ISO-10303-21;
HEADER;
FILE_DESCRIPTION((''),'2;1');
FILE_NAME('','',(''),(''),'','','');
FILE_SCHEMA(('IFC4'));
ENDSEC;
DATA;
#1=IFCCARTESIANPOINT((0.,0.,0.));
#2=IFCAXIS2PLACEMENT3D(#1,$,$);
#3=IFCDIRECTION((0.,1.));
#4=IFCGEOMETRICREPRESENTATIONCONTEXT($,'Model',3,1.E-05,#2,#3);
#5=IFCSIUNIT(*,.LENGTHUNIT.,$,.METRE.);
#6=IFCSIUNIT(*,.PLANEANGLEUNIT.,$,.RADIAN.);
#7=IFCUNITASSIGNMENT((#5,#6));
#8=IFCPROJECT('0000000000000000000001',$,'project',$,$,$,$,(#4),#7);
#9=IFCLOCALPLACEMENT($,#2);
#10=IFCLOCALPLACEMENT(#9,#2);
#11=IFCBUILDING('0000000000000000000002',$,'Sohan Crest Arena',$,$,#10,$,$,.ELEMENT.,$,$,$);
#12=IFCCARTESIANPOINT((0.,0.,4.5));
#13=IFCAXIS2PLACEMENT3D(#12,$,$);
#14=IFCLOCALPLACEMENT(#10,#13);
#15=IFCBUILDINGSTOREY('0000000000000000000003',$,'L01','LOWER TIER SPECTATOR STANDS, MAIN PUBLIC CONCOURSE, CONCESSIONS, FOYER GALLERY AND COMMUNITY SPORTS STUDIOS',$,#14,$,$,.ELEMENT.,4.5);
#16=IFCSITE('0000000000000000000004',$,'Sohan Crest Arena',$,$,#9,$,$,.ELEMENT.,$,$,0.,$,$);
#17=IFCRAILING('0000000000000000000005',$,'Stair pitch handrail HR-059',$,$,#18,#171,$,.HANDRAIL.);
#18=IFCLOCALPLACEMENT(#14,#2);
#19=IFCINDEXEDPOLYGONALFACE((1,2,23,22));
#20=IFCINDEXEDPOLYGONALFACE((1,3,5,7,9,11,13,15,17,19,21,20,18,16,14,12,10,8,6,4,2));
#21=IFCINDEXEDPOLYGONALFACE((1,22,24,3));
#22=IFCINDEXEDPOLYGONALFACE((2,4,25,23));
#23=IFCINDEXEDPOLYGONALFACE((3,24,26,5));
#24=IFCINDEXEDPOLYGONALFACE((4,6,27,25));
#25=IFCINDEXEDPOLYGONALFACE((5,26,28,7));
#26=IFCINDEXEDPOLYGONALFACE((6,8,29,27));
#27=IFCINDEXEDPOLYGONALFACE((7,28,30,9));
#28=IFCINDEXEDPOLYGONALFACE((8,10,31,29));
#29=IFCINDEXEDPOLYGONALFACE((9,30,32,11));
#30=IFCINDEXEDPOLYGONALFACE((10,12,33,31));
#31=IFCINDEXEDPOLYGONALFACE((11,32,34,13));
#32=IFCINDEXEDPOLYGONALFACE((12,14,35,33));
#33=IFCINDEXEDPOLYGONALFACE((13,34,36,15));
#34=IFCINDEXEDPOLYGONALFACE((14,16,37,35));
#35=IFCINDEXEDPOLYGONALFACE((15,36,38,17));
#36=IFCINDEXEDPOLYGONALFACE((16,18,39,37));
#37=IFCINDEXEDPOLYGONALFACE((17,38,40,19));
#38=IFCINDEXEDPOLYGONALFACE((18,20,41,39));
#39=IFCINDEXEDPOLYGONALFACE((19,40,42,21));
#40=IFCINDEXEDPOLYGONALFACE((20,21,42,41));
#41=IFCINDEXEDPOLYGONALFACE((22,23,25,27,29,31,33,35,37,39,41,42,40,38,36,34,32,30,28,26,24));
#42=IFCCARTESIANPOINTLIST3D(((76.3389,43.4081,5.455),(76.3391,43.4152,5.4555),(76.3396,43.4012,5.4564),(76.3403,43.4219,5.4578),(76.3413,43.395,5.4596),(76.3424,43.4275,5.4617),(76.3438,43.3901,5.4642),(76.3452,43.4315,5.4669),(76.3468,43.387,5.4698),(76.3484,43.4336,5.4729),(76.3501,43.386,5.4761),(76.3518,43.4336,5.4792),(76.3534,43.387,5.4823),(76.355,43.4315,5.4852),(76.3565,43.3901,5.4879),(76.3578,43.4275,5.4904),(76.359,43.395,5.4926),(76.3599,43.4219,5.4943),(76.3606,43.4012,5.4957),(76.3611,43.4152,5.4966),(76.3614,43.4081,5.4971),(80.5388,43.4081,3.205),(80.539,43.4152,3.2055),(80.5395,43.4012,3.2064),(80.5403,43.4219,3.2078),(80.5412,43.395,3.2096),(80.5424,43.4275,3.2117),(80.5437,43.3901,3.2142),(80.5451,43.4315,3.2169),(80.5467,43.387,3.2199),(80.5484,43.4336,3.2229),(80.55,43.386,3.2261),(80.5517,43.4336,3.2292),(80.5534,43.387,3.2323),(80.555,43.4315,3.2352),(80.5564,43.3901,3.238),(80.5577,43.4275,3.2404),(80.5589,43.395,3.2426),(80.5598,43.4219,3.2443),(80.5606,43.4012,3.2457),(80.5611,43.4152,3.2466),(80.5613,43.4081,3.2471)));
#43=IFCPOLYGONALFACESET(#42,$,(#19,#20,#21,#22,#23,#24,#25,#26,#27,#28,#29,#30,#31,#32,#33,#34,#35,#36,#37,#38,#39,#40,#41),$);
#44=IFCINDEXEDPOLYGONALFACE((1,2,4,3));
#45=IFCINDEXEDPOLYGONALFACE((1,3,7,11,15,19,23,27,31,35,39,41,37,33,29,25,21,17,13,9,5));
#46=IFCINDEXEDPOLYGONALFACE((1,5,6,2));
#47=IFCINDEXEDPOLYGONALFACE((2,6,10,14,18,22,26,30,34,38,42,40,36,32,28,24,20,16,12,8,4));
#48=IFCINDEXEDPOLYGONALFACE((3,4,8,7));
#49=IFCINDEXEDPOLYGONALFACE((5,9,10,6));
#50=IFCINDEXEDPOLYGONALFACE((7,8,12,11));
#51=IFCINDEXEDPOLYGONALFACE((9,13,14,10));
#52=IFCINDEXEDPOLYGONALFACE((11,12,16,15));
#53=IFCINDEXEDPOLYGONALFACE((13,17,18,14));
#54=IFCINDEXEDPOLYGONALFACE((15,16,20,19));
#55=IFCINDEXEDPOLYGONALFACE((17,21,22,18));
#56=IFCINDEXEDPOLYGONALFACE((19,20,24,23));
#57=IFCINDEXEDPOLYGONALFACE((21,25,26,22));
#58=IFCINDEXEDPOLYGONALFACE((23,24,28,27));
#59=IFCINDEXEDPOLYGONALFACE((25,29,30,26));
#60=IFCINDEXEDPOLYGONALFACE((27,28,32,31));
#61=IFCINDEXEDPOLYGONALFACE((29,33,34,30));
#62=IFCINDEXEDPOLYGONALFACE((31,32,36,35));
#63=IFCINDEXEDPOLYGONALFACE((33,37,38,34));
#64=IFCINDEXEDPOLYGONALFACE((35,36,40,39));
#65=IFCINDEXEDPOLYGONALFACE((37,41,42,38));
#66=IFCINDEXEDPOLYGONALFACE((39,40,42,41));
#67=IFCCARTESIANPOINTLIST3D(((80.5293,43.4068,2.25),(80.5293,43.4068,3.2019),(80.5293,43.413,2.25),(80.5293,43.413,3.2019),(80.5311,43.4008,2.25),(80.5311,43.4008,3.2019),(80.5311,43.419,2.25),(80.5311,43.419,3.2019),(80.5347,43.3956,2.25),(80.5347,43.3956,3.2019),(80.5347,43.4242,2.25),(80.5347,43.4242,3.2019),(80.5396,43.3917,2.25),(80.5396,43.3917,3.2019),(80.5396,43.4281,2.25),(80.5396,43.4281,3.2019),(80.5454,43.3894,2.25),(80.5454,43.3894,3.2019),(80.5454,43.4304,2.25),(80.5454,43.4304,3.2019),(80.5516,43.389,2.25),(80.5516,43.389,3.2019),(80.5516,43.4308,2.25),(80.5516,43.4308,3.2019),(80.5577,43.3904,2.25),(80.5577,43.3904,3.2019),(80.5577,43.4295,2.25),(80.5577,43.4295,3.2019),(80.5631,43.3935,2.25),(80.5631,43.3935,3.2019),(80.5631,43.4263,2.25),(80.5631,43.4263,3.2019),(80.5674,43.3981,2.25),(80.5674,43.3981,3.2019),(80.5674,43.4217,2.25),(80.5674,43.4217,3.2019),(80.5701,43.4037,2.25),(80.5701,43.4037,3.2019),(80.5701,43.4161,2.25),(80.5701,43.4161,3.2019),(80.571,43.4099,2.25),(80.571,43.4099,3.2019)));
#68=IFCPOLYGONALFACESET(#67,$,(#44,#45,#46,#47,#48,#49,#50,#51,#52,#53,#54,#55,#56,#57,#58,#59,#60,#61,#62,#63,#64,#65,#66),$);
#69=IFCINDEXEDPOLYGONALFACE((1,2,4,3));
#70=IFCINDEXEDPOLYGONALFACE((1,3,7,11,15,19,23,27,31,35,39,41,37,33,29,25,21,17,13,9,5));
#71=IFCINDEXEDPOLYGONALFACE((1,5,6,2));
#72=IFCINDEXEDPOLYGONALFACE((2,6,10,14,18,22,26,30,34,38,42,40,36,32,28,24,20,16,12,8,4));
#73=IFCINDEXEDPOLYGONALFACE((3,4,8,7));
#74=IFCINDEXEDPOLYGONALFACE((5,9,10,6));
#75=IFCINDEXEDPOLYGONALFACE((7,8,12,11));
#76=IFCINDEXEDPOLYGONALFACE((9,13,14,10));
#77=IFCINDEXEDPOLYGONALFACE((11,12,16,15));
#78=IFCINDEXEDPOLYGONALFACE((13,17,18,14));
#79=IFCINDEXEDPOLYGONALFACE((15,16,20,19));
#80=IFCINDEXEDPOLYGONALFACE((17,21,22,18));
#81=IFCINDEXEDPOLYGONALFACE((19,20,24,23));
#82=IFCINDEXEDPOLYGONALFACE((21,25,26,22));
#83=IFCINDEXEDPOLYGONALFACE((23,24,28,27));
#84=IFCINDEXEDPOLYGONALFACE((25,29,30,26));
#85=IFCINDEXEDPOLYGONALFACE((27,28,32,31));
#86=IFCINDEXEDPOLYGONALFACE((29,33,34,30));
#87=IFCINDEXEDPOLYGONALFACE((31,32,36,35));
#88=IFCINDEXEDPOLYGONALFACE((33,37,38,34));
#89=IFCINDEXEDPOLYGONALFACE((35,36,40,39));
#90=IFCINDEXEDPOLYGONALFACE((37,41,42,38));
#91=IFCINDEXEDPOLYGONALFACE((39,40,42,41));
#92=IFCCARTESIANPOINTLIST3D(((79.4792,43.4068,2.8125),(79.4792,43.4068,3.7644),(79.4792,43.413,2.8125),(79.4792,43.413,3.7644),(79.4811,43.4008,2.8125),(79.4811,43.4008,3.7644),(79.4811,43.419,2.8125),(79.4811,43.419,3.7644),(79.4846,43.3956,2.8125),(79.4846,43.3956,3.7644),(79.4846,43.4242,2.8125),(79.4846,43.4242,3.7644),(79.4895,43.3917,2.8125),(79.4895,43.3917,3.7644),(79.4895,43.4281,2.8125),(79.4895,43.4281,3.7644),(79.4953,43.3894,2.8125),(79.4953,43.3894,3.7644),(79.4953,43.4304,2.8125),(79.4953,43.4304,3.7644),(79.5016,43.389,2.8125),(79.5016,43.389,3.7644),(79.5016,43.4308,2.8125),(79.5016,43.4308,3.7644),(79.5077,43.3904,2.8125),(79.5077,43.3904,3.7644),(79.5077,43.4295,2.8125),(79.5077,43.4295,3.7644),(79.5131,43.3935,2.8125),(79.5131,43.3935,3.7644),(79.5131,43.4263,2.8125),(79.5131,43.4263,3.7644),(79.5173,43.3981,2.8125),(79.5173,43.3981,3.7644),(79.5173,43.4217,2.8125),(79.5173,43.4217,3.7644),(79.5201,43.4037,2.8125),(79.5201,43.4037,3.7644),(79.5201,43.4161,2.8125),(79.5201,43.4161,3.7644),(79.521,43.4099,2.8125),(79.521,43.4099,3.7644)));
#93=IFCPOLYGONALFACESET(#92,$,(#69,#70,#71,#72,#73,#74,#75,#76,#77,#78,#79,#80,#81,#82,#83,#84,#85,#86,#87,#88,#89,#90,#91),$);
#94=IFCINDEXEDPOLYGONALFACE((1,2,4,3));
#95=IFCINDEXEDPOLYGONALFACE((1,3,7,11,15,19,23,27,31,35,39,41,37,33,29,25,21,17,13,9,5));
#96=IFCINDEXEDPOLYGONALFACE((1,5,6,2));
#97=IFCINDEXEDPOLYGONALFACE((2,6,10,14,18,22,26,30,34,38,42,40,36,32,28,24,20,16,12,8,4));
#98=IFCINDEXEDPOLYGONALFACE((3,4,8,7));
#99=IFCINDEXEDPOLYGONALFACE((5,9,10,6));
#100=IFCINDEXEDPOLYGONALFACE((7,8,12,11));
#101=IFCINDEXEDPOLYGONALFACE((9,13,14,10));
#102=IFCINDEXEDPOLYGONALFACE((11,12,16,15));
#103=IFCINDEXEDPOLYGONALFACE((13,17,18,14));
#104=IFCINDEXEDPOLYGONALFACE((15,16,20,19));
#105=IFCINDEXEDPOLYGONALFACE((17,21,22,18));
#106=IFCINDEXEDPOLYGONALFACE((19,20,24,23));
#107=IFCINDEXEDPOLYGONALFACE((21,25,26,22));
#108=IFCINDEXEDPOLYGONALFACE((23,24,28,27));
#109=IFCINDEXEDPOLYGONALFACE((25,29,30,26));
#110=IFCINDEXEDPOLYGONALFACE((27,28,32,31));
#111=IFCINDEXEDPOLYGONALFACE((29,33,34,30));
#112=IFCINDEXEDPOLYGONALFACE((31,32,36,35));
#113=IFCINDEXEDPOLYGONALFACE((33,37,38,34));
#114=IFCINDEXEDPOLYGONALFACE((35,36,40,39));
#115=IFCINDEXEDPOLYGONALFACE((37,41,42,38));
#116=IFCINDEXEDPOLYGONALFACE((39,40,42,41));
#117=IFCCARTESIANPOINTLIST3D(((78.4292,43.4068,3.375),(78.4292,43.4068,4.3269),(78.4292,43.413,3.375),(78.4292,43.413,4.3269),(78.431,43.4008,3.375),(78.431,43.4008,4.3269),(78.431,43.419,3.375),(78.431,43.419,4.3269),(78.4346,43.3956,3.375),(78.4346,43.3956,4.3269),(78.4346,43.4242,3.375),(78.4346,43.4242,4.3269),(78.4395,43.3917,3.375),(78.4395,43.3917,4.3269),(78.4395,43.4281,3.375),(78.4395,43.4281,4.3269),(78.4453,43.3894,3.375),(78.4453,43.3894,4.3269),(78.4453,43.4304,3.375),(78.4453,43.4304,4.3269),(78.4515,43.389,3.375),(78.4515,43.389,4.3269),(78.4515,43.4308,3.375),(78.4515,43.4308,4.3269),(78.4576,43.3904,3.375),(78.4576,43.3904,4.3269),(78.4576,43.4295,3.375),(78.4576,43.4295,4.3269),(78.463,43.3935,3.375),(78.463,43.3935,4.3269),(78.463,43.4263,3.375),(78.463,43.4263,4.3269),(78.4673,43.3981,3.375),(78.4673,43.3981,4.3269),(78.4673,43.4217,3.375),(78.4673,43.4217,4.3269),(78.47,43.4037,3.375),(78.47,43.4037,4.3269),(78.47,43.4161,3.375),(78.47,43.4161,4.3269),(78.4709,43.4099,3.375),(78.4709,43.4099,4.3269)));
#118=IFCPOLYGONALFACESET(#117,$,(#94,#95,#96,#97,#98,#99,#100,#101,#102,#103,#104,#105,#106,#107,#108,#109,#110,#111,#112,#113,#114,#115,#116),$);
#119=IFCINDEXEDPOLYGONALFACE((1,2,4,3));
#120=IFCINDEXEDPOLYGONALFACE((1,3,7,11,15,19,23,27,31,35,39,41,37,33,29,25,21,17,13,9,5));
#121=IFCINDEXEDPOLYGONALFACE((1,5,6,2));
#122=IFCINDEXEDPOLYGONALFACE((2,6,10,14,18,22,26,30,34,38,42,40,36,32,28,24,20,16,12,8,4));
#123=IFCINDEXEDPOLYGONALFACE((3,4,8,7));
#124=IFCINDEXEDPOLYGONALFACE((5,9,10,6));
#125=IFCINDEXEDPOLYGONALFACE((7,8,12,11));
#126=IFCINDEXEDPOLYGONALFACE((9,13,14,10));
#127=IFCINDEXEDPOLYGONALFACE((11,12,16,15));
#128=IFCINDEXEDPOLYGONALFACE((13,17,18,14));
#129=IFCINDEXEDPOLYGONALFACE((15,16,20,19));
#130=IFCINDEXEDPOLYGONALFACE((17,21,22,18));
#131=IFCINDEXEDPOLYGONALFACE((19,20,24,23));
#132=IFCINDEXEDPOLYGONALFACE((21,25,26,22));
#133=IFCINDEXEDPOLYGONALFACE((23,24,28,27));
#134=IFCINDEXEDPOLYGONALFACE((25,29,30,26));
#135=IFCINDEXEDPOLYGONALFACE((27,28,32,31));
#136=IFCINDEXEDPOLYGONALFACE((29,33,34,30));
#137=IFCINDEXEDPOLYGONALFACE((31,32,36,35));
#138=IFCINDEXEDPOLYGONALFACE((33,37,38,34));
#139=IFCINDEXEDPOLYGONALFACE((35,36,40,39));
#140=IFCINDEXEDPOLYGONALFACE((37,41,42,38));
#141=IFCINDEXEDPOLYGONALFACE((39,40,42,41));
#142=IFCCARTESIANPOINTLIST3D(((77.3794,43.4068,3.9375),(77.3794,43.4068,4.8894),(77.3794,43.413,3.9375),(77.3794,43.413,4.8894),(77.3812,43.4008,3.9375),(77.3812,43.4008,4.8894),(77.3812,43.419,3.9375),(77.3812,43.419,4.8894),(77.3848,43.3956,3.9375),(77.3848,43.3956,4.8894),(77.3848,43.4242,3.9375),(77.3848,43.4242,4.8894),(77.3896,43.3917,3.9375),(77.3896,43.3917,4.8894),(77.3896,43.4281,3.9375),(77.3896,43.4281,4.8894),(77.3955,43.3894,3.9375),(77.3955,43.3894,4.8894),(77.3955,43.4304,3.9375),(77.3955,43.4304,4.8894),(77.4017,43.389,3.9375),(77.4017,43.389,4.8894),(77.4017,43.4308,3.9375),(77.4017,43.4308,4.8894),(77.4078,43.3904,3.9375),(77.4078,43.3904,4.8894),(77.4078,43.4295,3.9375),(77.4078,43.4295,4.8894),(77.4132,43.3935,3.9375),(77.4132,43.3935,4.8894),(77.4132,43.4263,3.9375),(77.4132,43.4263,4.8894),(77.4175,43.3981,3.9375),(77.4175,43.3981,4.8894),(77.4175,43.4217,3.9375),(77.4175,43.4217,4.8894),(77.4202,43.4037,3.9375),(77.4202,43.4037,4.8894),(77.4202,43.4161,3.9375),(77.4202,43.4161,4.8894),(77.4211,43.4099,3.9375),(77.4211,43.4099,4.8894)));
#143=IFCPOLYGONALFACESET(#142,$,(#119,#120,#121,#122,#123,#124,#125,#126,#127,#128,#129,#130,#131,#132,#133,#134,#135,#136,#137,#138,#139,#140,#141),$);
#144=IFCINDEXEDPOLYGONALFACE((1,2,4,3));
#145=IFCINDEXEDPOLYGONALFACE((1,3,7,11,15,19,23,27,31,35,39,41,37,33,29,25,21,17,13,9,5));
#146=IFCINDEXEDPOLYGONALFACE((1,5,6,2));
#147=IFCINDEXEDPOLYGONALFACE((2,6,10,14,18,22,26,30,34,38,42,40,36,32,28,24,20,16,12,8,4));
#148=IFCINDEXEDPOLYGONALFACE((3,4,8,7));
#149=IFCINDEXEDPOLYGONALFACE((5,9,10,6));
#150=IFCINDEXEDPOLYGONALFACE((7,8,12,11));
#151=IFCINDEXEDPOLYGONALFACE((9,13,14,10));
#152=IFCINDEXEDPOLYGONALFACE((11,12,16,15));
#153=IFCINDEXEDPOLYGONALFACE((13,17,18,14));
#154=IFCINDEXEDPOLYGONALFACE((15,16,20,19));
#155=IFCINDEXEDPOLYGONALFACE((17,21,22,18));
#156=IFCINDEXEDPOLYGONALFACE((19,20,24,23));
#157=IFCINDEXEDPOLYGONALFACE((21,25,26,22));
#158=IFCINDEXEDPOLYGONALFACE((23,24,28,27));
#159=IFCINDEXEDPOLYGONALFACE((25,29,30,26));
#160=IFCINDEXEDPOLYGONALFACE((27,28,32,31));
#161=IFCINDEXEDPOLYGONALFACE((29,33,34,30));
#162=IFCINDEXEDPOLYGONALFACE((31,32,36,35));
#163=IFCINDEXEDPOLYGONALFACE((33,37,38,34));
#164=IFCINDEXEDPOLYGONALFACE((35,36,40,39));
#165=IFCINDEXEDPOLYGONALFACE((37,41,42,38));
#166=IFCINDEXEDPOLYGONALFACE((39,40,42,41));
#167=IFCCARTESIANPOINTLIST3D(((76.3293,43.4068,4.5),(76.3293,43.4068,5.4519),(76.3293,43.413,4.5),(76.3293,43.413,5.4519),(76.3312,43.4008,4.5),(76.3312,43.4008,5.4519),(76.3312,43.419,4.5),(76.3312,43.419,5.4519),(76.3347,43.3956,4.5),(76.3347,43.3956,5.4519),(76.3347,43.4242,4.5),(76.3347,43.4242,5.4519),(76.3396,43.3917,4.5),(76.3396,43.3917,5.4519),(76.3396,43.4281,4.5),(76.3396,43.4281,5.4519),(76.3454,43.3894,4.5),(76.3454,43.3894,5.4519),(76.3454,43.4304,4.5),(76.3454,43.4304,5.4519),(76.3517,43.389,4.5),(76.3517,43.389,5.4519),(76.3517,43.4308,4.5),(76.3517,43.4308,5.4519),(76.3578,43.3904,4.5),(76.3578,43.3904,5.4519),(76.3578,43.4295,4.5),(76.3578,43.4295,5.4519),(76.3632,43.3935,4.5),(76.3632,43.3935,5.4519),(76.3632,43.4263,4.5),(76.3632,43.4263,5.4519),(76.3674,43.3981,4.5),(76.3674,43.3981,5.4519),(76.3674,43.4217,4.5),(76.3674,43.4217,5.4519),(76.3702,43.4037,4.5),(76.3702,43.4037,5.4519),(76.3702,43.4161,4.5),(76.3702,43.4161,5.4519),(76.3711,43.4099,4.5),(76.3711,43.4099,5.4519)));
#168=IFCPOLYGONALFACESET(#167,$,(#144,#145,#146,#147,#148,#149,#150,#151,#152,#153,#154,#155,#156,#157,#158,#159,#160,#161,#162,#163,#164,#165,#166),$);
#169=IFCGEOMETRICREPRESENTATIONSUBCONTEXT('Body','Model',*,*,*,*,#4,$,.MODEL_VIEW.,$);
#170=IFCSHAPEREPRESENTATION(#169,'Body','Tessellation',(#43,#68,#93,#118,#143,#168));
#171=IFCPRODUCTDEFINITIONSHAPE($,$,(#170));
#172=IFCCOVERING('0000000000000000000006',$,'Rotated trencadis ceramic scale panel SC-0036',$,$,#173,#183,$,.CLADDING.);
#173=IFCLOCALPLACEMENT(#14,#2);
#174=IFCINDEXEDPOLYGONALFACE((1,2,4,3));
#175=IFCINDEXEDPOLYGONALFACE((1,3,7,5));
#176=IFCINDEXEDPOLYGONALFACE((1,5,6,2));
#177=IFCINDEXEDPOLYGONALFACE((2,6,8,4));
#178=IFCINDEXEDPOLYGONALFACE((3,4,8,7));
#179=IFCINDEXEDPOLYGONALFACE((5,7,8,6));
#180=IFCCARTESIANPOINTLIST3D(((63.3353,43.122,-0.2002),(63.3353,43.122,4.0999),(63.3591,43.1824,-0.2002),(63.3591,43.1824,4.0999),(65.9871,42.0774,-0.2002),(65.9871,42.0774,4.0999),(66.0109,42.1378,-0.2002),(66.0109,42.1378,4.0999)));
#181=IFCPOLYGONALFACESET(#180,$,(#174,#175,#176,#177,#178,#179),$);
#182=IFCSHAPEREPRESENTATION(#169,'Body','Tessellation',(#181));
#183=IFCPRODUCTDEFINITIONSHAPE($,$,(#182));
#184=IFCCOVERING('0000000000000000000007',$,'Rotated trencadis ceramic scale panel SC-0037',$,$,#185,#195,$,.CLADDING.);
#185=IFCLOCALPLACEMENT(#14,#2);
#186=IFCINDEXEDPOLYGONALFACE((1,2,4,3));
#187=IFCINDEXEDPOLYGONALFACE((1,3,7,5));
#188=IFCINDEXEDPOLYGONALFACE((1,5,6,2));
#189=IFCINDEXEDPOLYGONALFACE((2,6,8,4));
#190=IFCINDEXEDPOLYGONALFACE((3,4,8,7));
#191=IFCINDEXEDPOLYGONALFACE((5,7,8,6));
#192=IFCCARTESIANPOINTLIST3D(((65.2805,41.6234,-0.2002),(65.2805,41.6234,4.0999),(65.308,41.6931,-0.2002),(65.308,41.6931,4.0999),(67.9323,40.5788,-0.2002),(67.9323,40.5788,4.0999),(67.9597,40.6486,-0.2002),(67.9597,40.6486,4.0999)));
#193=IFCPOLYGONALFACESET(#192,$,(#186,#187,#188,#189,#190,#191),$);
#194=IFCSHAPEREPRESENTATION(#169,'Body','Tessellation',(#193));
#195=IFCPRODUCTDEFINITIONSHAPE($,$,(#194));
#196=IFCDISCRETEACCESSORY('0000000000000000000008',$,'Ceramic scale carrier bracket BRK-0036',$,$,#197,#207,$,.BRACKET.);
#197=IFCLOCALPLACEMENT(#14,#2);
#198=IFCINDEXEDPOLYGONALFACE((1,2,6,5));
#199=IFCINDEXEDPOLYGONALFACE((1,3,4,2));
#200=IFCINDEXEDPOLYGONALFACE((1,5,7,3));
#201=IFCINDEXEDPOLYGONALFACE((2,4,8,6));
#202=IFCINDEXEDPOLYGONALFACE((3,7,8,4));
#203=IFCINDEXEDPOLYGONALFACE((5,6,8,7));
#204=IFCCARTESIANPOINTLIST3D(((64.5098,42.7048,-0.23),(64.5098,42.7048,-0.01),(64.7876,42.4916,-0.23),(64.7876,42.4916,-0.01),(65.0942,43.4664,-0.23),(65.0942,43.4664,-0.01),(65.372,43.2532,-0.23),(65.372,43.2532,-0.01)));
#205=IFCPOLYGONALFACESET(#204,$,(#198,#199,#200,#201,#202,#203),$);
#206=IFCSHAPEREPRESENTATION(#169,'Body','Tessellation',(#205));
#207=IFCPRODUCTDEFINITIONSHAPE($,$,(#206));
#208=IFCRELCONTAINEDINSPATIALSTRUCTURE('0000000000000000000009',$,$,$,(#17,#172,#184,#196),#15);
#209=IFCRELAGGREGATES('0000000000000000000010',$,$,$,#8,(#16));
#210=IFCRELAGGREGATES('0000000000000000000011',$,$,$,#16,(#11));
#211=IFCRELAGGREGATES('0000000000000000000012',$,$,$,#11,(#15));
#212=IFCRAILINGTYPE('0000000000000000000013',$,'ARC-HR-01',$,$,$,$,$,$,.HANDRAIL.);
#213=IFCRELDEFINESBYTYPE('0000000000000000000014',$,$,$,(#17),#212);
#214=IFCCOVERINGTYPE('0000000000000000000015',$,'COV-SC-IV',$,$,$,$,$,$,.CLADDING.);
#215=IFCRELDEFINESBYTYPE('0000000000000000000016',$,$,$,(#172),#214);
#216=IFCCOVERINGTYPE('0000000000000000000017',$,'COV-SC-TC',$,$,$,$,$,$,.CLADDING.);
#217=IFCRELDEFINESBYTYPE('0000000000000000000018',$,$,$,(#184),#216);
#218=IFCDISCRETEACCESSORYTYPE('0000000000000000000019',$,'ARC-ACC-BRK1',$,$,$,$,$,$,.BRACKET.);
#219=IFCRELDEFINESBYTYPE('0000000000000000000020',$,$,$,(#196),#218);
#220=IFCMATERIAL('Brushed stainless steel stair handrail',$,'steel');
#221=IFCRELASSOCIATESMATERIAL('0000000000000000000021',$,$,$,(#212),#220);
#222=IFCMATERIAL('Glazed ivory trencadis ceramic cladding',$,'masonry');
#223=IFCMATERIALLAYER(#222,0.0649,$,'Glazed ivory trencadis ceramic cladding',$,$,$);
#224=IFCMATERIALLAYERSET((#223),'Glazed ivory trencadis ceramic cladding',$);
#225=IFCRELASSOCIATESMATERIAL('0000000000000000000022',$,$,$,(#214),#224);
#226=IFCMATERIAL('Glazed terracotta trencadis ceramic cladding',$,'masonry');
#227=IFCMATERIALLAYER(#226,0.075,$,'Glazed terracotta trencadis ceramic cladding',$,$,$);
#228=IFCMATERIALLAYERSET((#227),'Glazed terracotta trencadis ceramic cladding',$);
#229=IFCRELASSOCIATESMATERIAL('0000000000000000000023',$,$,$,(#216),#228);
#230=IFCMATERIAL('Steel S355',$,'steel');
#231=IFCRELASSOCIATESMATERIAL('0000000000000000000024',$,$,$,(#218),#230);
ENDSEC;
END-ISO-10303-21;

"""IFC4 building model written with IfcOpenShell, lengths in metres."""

from ifc_helpers import new_model, si_unit, direction, frame, origin, origin_2d, place, context, subcontext, project, spatial, rectangle, circle, extrude, material, layer, layer_set, type_object, element, save


model = new_model("IFC4")

# Units and contexts
model_context = context("Model", 3, precision=1e-05, world=origin(), true_north=direction((0.0, 1.0)))
body_context = subcontext(model_context, "Body", "Model", "MODEL_VIEW")
ifc_project = project(units=[si_unit("LENGTHUNIT", "METRE"), si_unit("PLANEANGLEUNIT", "RADIAN")], contexts=[model_context])

# Site, building, storey
site_placement = place(None, origin())
site = spatial("IfcSite", under=ifc_project, at=site_placement, Name="Sohan Crest Arena", CompositionType="ELEMENT", RefElevation=0.0)
building_placement = place(site_placement, origin())
building = spatial("IfcBuilding", under=site, at=building_placement, Name="Sohan Crest Arena", CompositionType="ELEMENT")
storey_placement = place(building_placement, frame((0.0, 0.0, 4.5)))
storey = spatial("IfcBuildingStorey", under=building, at=storey_placement, Name="L01", Description="LOWER TIER SPECTATOR STANDS, MAIN PUBLIC CONCOURSE, CONCESSIONS, FOYER GALLERY AND COMMUNITY SPORTS STUDIOS", CompositionType="ELEMENT", Elevation=4.5)

# Shared definitions
ifc_material_1 = material(Name="Steel S355", Category="steel")

# Railing
ifc_material_2 = material(Name="Brushed stainless steel stair handrail", Category="steel")
railing_type_1 = type_object("IfcRailingType", Name="ARC-HR-01", PredefinedType="HANDRAIL", material=ifc_material_2)
railing_1_placement = place(storey_placement, frame((80.55, 43.4099, 2.25)))
element("IfcRailing", 1, at=railing_1_placement, inside=storey, type_object=railing_type_1, Name="Stair pitch handrail HR-059", PredefinedType="HANDRAIL", context=body_context, shape_type="SweptSolid", body=[
    extrude(circle(Radius=0.0239, at=origin_2d()), frame((0.0, 0.0, 0.9761), z_axis=(-0.881478, 0.0, 0.472226), x_axis=(0.0, -1.0, 0.0)), (0.0, 0.0, 1.0), 4.7646),
    extrude(circle(Radius=0.021, at=origin_2d()), origin(), (0.0, 0.0, 1.0), 0.9519),
    extrude(circle(Radius=0.021, at=origin_2d()), frame((-1.05, 0.0, 0.5625)), (0.0, 0.0, 1.0), 0.9519),
    extrude(circle(Radius=0.021, at=origin_2d()), frame((-2.1001, 0.0, 1.125)), (0.0, 0.0, 1.0), 0.9519),
    extrude(circle(Radius=0.021, at=origin_2d()), frame((-3.1499, 0.0, 1.6875)), (0.0, 0.0, 1.0), 0.9519),
    extrude(circle(Radius=0.021, at=origin_2d()), frame((-4.2, 0.0, 2.25)), (0.0, 0.0, 1.0), 0.9519),
])

# Coverings
ifc_material_3 = material(Name="Glazed ivory trencadis ceramic cladding", Category="masonry")
ifc_layer_1 = layer(ifc_material_3, 0.0649, Name="Glazed ivory trencadis ceramic cladding")
ifc_layer_set_1 = layer_set([ifc_layer_1], Name="Glazed ivory trencadis ceramic cladding")
covering_type_1 = type_object("IfcCoveringType", Name="COV-SC-IV", PredefinedType="CLADDING", material=ifc_layer_set_1)
covering_1_placement = place(storey_placement, frame((64.6731, 42.6299, -0.2002), z_axis=(0.0, 0.0, 1.0), x_axis=(0.930418, -0.366501, 0.0)))
element("IfcCovering", 2, at=covering_1_placement, inside=storey, type_object=covering_type_1, Name="Rotated trencadis ceramic scale panel SC-0036", PredefinedType="CLADDING", context=body_context, shape_type="SweptSolid", body=[
    extrude(rectangle(XDim=2.8501, YDim=0.0649, at=origin_2d()), origin(), (0.0, 0.0, 1.0), 4.3),
])
ifc_material_4 = material(Name="Glazed terracotta trencadis ceramic cladding", Category="masonry")
ifc_layer_2 = layer(ifc_material_4, 0.075, Name="Glazed terracotta trencadis ceramic cladding")
ifc_layer_set_2 = layer_set([ifc_layer_2], Name="Glazed terracotta trencadis ceramic cladding")
covering_type_2 = type_object("IfcCoveringType", Name="COV-SC-TC", PredefinedType="CLADDING", material=ifc_layer_set_2)
covering_2_placement = place(storey_placement, frame((66.6201, 41.136, -0.2002), z_axis=(0.0, 0.0, 1.0), x_axis=(0.930418, -0.366501, 0.0)))
element("IfcCovering", 3, at=covering_2_placement, inside=storey, type_object=covering_type_2, Name="Rotated trencadis ceramic scale panel SC-0037", PredefinedType="CLADDING", context=body_context, shape_type="SweptSolid", body=[
    extrude(rectangle(XDim=2.8501, YDim=0.075, at=origin_2d()), origin(), (0.0, 0.0, 1.0), 4.3),
])

# Discrete accessory
discrete_accessory_type = type_object("IfcDiscreteAccessoryType", Name="ARC-ACC-BRK1", PredefinedType="BRACKET", material=ifc_material_1)
for number, where, z_axis, x_axis, name in (
    (4, (64.9409, 42.979, -0.23), (0.0, 0.0, 1.0), (0.793353, -0.608761, 0.0), "Ceramic scale carrier bracket BRK-0036"),
):
    element("IfcDiscreteAccessory", number, at=place(storey_placement, frame(where, z_axis=z_axis, x_axis=x_axis)), inside=storey, type_object=discrete_accessory_type, Name=name, PredefinedType="BRACKET", context=body_context, shape_type="SweptSolid", body=[
        extrude(rectangle(XDim=0.3501, YDim=0.96, at=origin_2d()), origin(), (0.0, 0.0, 1.0), 0.22),
    ])

save(model, "model.ifc")
